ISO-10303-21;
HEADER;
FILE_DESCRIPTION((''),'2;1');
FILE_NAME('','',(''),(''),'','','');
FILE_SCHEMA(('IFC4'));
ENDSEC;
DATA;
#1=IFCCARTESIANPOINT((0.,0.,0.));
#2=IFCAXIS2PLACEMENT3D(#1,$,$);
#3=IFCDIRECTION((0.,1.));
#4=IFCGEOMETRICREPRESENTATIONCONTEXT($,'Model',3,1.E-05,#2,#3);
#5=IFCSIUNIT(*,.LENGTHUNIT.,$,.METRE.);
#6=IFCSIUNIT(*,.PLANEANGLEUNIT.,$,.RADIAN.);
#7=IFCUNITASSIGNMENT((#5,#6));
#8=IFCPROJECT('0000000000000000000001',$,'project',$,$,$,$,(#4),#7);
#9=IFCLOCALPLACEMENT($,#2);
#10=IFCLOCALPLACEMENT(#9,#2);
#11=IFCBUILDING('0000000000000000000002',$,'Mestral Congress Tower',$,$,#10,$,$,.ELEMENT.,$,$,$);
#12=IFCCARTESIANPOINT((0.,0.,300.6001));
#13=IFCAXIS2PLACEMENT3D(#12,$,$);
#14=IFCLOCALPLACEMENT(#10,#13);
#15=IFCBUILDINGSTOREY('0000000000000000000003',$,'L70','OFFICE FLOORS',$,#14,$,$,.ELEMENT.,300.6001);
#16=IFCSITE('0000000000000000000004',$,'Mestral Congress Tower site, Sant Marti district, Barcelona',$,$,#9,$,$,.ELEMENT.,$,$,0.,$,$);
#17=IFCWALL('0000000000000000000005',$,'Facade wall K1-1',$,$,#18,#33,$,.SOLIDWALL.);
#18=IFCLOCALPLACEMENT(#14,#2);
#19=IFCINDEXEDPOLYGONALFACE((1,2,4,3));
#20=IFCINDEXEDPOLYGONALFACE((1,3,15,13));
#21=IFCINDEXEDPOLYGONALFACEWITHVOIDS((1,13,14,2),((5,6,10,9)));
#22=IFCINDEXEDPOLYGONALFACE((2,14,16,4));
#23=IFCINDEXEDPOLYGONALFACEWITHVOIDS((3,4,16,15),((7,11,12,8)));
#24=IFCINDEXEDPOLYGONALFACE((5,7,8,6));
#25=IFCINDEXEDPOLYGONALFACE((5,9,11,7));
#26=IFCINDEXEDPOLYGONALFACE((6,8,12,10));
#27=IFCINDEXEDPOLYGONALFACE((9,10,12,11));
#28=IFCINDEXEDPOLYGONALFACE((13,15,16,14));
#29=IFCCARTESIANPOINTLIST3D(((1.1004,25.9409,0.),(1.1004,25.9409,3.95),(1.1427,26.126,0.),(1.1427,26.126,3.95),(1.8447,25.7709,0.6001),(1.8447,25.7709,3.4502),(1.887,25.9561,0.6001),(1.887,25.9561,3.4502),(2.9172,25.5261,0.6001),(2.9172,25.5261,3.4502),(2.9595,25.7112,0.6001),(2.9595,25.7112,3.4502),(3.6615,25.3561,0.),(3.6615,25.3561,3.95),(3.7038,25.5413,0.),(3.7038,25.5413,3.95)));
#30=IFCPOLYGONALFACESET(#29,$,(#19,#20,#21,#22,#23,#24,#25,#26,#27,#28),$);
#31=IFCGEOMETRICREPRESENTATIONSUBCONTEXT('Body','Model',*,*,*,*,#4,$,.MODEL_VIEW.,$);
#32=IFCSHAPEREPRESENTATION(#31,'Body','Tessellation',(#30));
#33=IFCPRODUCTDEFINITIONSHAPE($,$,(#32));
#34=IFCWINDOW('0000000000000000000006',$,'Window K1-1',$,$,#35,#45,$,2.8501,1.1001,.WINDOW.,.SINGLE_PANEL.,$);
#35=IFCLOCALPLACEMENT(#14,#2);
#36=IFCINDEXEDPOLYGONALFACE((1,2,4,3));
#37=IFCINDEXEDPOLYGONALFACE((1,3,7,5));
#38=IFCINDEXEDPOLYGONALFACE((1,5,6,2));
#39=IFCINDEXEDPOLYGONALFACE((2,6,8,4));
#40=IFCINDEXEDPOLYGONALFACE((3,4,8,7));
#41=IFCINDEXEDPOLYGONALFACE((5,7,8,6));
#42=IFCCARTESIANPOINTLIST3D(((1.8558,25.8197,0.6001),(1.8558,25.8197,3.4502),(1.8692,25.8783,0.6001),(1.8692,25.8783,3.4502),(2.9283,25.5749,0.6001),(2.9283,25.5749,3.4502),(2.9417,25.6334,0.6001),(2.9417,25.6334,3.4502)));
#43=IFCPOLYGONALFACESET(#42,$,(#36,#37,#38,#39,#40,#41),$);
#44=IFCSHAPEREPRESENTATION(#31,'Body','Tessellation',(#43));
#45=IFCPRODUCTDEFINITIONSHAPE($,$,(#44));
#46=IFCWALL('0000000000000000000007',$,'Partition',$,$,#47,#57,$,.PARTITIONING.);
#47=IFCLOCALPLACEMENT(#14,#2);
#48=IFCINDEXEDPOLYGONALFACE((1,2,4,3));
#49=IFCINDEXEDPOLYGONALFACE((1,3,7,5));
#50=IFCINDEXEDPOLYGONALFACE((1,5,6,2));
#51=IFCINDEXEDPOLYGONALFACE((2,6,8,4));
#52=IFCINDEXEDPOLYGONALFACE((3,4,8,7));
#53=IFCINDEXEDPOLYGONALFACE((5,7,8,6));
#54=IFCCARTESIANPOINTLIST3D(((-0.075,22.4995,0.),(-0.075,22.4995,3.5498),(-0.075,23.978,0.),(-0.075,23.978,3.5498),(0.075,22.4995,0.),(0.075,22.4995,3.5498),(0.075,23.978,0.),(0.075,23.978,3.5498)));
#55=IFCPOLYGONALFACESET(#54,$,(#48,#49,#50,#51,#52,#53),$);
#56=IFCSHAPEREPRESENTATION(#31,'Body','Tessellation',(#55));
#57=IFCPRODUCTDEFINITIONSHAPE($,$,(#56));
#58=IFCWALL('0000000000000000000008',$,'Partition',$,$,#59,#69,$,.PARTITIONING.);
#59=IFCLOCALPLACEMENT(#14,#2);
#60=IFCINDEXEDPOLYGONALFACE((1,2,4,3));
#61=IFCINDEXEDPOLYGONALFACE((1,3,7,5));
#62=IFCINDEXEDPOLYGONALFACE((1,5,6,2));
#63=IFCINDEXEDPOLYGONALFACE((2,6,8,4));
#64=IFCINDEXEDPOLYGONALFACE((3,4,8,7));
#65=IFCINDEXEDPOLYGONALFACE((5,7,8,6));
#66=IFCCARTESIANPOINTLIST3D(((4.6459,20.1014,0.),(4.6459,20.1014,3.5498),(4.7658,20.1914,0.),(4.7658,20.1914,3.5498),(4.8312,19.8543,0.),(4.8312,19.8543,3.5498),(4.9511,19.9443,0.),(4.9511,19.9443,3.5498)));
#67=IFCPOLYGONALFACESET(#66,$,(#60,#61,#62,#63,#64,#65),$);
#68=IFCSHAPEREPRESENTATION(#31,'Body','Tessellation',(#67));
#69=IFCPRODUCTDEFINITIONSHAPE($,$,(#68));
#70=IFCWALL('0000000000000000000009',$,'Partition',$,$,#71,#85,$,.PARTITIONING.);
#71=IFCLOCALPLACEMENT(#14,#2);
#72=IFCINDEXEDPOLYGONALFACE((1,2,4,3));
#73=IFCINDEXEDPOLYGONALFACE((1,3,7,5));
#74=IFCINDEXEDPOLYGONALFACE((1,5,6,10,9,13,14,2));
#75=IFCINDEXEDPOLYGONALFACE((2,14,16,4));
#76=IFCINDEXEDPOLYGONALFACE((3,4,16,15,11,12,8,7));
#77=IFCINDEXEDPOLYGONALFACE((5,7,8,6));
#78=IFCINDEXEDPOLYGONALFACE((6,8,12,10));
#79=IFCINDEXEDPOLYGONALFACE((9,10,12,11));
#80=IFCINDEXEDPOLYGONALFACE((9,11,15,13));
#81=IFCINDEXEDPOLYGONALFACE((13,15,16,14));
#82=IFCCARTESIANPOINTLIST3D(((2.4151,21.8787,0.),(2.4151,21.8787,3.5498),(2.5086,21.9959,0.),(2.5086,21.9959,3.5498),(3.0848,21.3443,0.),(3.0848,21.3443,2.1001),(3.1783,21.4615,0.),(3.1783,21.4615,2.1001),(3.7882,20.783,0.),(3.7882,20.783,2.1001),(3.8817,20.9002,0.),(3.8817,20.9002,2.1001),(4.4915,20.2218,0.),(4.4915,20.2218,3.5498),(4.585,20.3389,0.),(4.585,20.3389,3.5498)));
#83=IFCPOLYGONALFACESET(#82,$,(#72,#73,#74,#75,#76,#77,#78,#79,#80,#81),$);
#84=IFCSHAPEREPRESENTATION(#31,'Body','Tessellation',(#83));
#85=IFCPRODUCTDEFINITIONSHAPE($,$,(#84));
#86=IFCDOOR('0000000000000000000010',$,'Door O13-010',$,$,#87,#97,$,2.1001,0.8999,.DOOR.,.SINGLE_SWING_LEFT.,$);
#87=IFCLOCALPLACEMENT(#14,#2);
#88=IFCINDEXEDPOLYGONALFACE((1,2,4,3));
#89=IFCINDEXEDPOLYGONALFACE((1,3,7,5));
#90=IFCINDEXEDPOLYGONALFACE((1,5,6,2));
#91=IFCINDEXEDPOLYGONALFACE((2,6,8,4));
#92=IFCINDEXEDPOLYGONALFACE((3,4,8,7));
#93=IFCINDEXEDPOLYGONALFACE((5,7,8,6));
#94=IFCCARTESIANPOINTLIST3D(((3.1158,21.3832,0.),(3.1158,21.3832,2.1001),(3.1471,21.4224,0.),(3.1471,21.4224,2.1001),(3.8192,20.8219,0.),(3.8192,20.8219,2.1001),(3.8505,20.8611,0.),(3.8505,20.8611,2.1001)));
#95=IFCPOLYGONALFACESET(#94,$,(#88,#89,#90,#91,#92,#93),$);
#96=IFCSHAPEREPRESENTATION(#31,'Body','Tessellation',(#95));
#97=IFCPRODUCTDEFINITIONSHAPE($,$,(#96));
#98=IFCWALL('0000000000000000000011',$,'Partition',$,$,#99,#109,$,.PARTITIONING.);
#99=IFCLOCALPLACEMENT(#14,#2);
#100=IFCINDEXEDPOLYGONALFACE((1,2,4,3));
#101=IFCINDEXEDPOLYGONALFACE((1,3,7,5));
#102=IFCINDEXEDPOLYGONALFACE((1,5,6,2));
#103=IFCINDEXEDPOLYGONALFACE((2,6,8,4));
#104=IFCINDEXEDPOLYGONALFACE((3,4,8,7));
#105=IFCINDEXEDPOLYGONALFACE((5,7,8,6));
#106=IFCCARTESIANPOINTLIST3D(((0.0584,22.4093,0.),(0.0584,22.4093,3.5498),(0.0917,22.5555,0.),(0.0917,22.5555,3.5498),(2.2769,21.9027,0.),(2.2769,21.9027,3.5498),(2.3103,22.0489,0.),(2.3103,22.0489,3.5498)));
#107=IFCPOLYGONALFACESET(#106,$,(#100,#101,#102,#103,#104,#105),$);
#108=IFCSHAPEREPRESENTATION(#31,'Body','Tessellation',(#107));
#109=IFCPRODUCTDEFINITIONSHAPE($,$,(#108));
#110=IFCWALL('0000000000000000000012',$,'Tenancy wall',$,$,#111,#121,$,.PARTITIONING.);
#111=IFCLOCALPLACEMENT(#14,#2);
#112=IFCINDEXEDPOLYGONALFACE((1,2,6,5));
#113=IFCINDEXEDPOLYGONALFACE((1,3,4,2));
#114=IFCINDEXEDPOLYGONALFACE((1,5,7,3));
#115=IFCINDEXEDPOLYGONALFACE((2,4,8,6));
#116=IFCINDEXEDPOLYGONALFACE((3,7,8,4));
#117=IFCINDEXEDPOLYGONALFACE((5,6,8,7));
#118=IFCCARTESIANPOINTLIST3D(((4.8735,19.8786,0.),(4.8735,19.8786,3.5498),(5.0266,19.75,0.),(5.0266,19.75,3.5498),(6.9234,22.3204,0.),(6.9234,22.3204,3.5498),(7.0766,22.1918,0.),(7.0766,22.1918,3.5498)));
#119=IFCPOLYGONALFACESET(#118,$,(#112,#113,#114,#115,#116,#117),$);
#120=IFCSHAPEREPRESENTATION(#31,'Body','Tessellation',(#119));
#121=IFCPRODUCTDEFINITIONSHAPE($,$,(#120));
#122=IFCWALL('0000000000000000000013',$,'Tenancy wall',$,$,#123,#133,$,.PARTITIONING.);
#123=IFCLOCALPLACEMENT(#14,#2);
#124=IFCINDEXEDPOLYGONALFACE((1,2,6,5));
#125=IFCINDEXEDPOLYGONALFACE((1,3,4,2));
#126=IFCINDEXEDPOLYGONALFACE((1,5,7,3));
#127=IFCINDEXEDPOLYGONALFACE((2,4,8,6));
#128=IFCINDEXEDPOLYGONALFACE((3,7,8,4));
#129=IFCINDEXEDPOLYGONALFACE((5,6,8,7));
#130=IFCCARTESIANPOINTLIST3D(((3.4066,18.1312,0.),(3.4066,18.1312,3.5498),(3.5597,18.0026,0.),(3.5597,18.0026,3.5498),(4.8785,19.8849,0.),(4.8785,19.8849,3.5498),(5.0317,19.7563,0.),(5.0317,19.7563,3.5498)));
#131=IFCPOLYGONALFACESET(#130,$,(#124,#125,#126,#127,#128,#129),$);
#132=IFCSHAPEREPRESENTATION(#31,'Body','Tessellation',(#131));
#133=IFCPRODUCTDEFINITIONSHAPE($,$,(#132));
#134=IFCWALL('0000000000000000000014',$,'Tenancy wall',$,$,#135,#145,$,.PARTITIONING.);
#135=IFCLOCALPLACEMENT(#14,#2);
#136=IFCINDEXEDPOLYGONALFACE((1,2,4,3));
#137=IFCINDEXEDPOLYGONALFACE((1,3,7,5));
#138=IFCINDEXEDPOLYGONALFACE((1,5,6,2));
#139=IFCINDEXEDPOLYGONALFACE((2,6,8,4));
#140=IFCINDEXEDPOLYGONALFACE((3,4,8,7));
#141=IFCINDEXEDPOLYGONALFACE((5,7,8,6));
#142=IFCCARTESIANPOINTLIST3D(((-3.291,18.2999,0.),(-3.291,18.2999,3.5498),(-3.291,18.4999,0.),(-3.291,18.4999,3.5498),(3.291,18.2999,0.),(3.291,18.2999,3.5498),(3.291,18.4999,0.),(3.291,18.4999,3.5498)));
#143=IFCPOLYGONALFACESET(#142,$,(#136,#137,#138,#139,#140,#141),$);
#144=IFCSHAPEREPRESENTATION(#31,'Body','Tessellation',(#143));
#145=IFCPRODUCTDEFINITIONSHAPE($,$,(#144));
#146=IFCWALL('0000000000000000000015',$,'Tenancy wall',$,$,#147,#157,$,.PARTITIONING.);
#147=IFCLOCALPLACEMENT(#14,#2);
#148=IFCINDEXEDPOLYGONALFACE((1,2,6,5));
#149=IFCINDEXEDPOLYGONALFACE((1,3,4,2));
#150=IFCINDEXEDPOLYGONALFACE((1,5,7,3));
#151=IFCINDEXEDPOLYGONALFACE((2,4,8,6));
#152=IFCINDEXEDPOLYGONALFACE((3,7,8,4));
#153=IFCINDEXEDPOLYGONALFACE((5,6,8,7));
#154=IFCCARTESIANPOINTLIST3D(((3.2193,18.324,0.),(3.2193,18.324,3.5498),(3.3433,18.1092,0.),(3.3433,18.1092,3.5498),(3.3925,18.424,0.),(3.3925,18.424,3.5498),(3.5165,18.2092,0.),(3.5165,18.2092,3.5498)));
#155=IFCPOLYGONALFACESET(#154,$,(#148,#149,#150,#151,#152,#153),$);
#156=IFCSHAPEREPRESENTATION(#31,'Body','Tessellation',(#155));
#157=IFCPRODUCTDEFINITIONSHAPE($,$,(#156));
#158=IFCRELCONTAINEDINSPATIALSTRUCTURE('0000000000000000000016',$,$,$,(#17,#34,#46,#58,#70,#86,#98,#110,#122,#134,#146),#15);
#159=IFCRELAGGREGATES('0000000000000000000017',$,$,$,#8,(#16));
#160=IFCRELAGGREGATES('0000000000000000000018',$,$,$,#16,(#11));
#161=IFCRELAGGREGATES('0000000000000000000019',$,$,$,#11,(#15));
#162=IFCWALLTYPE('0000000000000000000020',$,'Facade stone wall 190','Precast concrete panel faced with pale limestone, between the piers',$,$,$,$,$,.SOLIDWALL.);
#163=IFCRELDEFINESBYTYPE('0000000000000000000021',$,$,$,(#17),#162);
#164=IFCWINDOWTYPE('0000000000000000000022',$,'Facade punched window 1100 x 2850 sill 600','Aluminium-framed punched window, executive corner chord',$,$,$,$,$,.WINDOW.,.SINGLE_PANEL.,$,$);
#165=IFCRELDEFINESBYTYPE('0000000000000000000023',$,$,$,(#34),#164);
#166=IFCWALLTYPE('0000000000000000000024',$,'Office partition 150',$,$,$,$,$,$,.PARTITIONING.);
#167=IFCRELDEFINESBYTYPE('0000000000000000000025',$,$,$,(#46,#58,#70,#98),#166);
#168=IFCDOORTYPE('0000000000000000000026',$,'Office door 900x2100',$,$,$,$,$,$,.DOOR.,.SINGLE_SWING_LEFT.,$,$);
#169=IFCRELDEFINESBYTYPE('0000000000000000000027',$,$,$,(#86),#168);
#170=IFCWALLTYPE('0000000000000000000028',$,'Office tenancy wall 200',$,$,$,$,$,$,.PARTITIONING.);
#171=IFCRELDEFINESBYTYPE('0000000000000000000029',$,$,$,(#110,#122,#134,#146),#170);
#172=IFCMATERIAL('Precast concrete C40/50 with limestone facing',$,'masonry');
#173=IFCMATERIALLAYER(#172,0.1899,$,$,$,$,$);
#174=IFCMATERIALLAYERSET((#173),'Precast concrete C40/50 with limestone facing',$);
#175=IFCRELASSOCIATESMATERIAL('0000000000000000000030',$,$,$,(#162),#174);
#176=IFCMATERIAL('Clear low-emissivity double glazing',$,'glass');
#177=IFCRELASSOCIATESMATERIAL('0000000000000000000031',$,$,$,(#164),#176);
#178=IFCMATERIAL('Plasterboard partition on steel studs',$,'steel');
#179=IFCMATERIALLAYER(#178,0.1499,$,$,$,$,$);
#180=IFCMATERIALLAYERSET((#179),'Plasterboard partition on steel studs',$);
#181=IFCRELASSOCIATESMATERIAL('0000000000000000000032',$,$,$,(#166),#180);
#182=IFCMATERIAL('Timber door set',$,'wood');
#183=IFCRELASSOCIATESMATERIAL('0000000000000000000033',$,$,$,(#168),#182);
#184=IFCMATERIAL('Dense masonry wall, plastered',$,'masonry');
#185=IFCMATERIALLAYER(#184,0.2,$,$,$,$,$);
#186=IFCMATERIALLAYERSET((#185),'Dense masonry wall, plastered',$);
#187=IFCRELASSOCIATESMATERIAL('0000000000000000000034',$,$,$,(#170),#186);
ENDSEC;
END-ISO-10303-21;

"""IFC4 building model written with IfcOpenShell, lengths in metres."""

from ifc_helpers import new_model, si_unit, direction, frame, frame_2d, origin, place, context, subcontext, project, spatial, rectangle, extrude, material, layer, layer_set, type_object, element, fill, save


model = new_model("IFC4")

# Units and contexts
model_context = context("Model", 3, precision=1e-05, world=origin(), true_north=direction((0.0, 1.0)))
body_context = subcontext(model_context, "Body", "Model", "MODEL_VIEW")
ifc_project = project(units=[si_unit("LENGTHUNIT", "METRE"), si_unit("PLANEANGLEUNIT", "RADIAN")], contexts=[model_context])

# Site, building, storey
site_placement = place(None, origin())
site = spatial("IfcSite", under=ifc_project, at=site_placement, Name="Mestral Congress Tower site, Sant Marti district, Barcelona", CompositionType="ELEMENT", RefElevation=0.0)
building_placement = place(site_placement, origin())
building = spatial("IfcBuilding", under=site, at=building_placement, Name="Mestral Congress Tower", CompositionType="ELEMENT")
storey_placement = place(building_placement, frame((0.0, 0.0, 300.6001)))
storey = spatial("IfcBuildingStorey", under=building, at=storey_placement, Name="L70", Description="OFFICE FLOORS", CompositionType="ELEMENT", Elevation=300.6001)

# Shared definitions
ifc_material_1 = material(Name="Precast concrete C40/50 with limestone facing", Category="masonry")
ifc_layer_1 = layer(ifc_material_1, 0.1899)
ifc_layer_set_1 = layer_set([ifc_layer_1], Name="Precast concrete C40/50 with limestone facing")
wall_type_1 = type_object("IfcWallType", Name="Facade stone wall 190", Description="Precast concrete panel faced with pale limestone, between the piers", PredefinedType="SOLIDWALL", material=ifc_layer_set_1)
ifc_material_2 = material(Name="Clear low-emissivity double glazing", Category="glass")

# Wall, opening, window
window_type_1 = type_object("IfcWindowType", Name="Facade punched window 1100 x 2850 sill 600", Description="Aluminium-framed punched window, executive corner chord", PartitioningType="SINGLE_PANEL", PredefinedType="WINDOW", material=ifc_material_2)
wall_1_placement = place(storey_placement, frame((3.6826, 25.4487, 0.0), z_axis=(0.0, 0.0, 1.0), x_axis=(-0.974913, 0.222585, 0.0)))
wall_1 = element("IfcWall", 1, at=wall_1_placement, inside=storey, type_object=wall_type_1, Name="Facade wall K1-1", PredefinedType="SOLIDWALL", context=body_context, shape_type="SweptSolid", body=[
    extrude(rectangle(XDim=2.627, YDim=0.1899, at=frame_2d((1.3135, 0.0))), origin(), (0.0, 0.0, 1.0), 3.95),
])
opening_1_placement = place(wall_1_placement, frame((0.7634, 0.0, 0.6001)))
opening_1 = element("IfcOpeningElement", 2, at=opening_1_placement, cuts=wall_1, PredefinedType="OPENING", context=body_context, shape_type="SweptSolid", body=[
    extrude(rectangle(XDim=1.1001, YDim=2.8501, at=frame_2d((0.55, 1.425))), frame((0.0, 0.105, 0.0), z_axis=(0.0, -1.0, 0.0), x_axis=(1.0, 0.0, 0.0)), (0.0, 0.0, 1.0), 0.21),
])
window_1_placement = place(opening_1_placement, origin())
window_1 = element("IfcWindow", 3, at=window_1_placement, inside=storey, type_object=window_type_1, Name="Window K1-1", OverallHeight=2.8501, OverallWidth=1.1001, PartitioningType="SINGLE_PANEL", PredefinedType="WINDOW", context=body_context, shape_type="SweptSolid", body=[
    extrude(rectangle(XDim=1.1001, YDim=2.8501, at=frame_2d((0.55, 1.425))), frame((0.0, 0.0449, 0.0), z_axis=(0.0, -1.0, 0.0), x_axis=(1.0, 0.0, 0.0)), (0.0, 0.0, 1.0), 0.0601),
])
fill(opening_1, window_1)

# Walls
ifc_material_3 = material(Name="Plasterboard partition on steel studs", Category="steel")
ifc_layer_2 = layer(ifc_material_3, 0.1499)
ifc_layer_set_2 = layer_set([ifc_layer_2], Name="Plasterboard partition on steel studs")
wall_type_2 = type_object("IfcWallType", Name="Office partition 150", PredefinedType="PARTITIONING", material=ifc_layer_set_2)
wall_2_placement = place(storey_placement, frame((0.0, 22.4995, 0.0), z_axis=(0.0, 0.0, 1.0), x_axis=(0.0, 1.0, 0.0)))
element("IfcWall", 4, at=wall_2_placement, inside=storey, type_object=wall_type_2, Name="Partition", PredefinedType="PARTITIONING", context=body_context, shape_type="SweptSolid", body=[
    extrude(rectangle(XDim=1.4785, YDim=0.1499, at=frame_2d((0.7393, 0.0))), origin(), (0.0, 0.0, 1.0), 3.5498),
])
wall_3_placement = place(storey_placement, frame((4.8911, 19.8994, 0.0), z_axis=(0.0, 0.0, 1.0), x_axis=(-0.6, 0.8, 0.0)))
element("IfcWall", 5, at=wall_3_placement, inside=storey, type_object=wall_type_2, Name="Partition", PredefinedType="PARTITIONING", context=body_context, shape_type="SweptSolid", body=[
    extrude(rectangle(XDim=0.3088, YDim=0.1499, at=frame_2d((0.1543, 0.0))), origin(), (0.0, 0.0, 1.0), 3.5498),
])

# Wall, opening, door
wall_4_placement = place(storey_placement, frame((2.4619, 21.9373, 0.0), z_axis=(0.0, 0.0, 1.0), x_axis=(0.78163, -0.623742, 0.0)))
wall_4 = element("IfcWall", 6, at=wall_4_placement, inside=storey, type_object=wall_type_2, Name="Partition", PredefinedType="PARTITIONING", context=body_context, shape_type="SweptSolid", body=[
    extrude(rectangle(XDim=2.6565, YDim=0.1499, at=frame_2d((1.3281, 0.0))), origin(), (0.0, 0.0, 1.0), 3.5498),
])
opening_2_placement = place(wall_4_placement, frame((0.8567, 0.0, 0.0)))
opening_2 = element("IfcOpeningElement", 7, at=opening_2_placement, cuts=wall_4, PredefinedType="OPENING", context=body_context, shape_type="SweptSolid", body=[
    extrude(rectangle(XDim=0.8999, YDim=2.1001, at=frame_2d((0.45, 1.05))), frame((0.0, 0.085, 0.0), z_axis=(0.0, -1.0, 0.0), x_axis=(1.0, 0.0, 0.0)), (0.0, 0.0, 1.0), 0.1699),
])
ifc_material_4 = material(Name="Timber door set", Category="wood")
door_type = type_object("IfcDoorType", Name="Office door 900x2100", OperationType="SINGLE_SWING_LEFT", PredefinedType="DOOR", material=ifc_material_4)
door_placement = place(opening_2_placement, origin())
door = element("IfcDoor", 8, at=door_placement, inside=storey, type_object=door_type, Name="Door O13-010", OperationType="SINGLE_SWING_LEFT", OverallHeight=2.1001, OverallWidth=0.8999, PredefinedType="DOOR", context=body_context, shape_type="SweptSolid", body=[
    extrude(rectangle(XDim=0.8999, YDim=2.1001, at=frame_2d((0.45, 1.05))), frame((0.0, 0.0249, 0.0), z_axis=(0.0, -1.0, 0.0), x_axis=(1.0, 0.0, 0.0)), (0.0, 0.0, 1.0), 0.05),
])
fill(opening_2, door)

# Walls
wall_5_placement = place(storey_placement, frame((2.2935, 21.9758, 0.0), z_axis=(0.0, 0.0, 1.0), x_axis=(-0.974906, 0.222618, 0.0)))
element("IfcWall", 9, at=wall_5_placement, inside=storey, type_object=wall_type_2, Name="Partition", PredefinedType="PARTITIONING", context=body_context, shape_type="SweptSolid", body=[
    extrude(rectangle(XDim=2.2756, YDim=0.1499, at=frame_2d((1.1377, 0.0))), origin(), (0.0, 0.0, 1.0), 3.5498),
])
ifc_material_5 = material(Name="Dense masonry wall, plastered", Category="masonry")
ifc_layer_3 = layer(ifc_material_5, 0.2)
ifc_layer_set_3 = layer_set([ifc_layer_3], Name="Dense masonry wall, plastered")
wall_type_3 = type_object("IfcWallType", Name="Office tenancy wall 200", PredefinedType="PARTITIONING", material=ifc_layer_set_3)
wall_6_placement = place(storey_placement, frame((4.95, 19.8142, 0.0), z_axis=(0.0, 0.0, 1.0), x_axis=(0.642982, 0.765881, 0.0)))
element("IfcWall", 10, at=wall_6_placement, inside=storey, type_object=wall_type_3, Name="Tenancy wall", PredefinedType="PARTITIONING", context=body_context, shape_type="SweptSolid", body=[
    extrude(rectangle(XDim=3.1882, YDim=0.2, at=frame_2d((1.5942, 0.0))), origin(), (0.0, 0.0, 1.0), 3.5498),
])
wall_7_placement = place(storey_placement, frame((3.4832, 18.0669, 0.0), z_axis=(0.0, 0.0, 1.0), x_axis=(0.642897, 0.765953, 0.0)))
element("IfcWall", 11, at=wall_7_placement, inside=storey, type_object=wall_type_3, Name="Tenancy wall", PredefinedType="PARTITIONING", context=body_context, shape_type="SweptSolid", body=[
    extrude(rectangle(XDim=2.2896, YDim=0.2, at=frame_2d((1.1448, 0.0))), origin(), (0.0, 0.0, 1.0), 3.5498),
])
wall_8_placement = place(storey_placement, frame((3.291, 18.3999, 0.0), z_axis=(0.0, 0.0, 1.0), x_axis=(-1.0, 0.0, 0.0)))
element("IfcWall", 12, at=wall_8_placement, inside=storey, type_object=wall_type_3, Name="Tenancy wall", PredefinedType="PARTITIONING", context=body_context, shape_type="SweptSolid", body=[
    extrude(rectangle(XDim=6.582, YDim=0.2, at=frame_2d((3.291, 0.0))), origin(), (0.0, 0.0, 1.0), 3.5498),
])
wall_9_placement = place(storey_placement, frame((3.4299, 18.1592, 0.0), z_axis=(0.0, 0.0, 1.0), x_axis=(-0.49995, 0.866054, 0.0)))
element("IfcWall", 13, at=wall_9_placement, inside=storey, type_object=wall_type_3, Name="Tenancy wall", PredefinedType="PARTITIONING", context=body_context, shape_type="SweptSolid", body=[
    extrude(rectangle(XDim=0.248, YDim=0.2, at=frame_2d((0.124, 0.0))), origin(), (0.0, 0.0, 1.0), 3.5498),
])

save(model, "model.ifc")
